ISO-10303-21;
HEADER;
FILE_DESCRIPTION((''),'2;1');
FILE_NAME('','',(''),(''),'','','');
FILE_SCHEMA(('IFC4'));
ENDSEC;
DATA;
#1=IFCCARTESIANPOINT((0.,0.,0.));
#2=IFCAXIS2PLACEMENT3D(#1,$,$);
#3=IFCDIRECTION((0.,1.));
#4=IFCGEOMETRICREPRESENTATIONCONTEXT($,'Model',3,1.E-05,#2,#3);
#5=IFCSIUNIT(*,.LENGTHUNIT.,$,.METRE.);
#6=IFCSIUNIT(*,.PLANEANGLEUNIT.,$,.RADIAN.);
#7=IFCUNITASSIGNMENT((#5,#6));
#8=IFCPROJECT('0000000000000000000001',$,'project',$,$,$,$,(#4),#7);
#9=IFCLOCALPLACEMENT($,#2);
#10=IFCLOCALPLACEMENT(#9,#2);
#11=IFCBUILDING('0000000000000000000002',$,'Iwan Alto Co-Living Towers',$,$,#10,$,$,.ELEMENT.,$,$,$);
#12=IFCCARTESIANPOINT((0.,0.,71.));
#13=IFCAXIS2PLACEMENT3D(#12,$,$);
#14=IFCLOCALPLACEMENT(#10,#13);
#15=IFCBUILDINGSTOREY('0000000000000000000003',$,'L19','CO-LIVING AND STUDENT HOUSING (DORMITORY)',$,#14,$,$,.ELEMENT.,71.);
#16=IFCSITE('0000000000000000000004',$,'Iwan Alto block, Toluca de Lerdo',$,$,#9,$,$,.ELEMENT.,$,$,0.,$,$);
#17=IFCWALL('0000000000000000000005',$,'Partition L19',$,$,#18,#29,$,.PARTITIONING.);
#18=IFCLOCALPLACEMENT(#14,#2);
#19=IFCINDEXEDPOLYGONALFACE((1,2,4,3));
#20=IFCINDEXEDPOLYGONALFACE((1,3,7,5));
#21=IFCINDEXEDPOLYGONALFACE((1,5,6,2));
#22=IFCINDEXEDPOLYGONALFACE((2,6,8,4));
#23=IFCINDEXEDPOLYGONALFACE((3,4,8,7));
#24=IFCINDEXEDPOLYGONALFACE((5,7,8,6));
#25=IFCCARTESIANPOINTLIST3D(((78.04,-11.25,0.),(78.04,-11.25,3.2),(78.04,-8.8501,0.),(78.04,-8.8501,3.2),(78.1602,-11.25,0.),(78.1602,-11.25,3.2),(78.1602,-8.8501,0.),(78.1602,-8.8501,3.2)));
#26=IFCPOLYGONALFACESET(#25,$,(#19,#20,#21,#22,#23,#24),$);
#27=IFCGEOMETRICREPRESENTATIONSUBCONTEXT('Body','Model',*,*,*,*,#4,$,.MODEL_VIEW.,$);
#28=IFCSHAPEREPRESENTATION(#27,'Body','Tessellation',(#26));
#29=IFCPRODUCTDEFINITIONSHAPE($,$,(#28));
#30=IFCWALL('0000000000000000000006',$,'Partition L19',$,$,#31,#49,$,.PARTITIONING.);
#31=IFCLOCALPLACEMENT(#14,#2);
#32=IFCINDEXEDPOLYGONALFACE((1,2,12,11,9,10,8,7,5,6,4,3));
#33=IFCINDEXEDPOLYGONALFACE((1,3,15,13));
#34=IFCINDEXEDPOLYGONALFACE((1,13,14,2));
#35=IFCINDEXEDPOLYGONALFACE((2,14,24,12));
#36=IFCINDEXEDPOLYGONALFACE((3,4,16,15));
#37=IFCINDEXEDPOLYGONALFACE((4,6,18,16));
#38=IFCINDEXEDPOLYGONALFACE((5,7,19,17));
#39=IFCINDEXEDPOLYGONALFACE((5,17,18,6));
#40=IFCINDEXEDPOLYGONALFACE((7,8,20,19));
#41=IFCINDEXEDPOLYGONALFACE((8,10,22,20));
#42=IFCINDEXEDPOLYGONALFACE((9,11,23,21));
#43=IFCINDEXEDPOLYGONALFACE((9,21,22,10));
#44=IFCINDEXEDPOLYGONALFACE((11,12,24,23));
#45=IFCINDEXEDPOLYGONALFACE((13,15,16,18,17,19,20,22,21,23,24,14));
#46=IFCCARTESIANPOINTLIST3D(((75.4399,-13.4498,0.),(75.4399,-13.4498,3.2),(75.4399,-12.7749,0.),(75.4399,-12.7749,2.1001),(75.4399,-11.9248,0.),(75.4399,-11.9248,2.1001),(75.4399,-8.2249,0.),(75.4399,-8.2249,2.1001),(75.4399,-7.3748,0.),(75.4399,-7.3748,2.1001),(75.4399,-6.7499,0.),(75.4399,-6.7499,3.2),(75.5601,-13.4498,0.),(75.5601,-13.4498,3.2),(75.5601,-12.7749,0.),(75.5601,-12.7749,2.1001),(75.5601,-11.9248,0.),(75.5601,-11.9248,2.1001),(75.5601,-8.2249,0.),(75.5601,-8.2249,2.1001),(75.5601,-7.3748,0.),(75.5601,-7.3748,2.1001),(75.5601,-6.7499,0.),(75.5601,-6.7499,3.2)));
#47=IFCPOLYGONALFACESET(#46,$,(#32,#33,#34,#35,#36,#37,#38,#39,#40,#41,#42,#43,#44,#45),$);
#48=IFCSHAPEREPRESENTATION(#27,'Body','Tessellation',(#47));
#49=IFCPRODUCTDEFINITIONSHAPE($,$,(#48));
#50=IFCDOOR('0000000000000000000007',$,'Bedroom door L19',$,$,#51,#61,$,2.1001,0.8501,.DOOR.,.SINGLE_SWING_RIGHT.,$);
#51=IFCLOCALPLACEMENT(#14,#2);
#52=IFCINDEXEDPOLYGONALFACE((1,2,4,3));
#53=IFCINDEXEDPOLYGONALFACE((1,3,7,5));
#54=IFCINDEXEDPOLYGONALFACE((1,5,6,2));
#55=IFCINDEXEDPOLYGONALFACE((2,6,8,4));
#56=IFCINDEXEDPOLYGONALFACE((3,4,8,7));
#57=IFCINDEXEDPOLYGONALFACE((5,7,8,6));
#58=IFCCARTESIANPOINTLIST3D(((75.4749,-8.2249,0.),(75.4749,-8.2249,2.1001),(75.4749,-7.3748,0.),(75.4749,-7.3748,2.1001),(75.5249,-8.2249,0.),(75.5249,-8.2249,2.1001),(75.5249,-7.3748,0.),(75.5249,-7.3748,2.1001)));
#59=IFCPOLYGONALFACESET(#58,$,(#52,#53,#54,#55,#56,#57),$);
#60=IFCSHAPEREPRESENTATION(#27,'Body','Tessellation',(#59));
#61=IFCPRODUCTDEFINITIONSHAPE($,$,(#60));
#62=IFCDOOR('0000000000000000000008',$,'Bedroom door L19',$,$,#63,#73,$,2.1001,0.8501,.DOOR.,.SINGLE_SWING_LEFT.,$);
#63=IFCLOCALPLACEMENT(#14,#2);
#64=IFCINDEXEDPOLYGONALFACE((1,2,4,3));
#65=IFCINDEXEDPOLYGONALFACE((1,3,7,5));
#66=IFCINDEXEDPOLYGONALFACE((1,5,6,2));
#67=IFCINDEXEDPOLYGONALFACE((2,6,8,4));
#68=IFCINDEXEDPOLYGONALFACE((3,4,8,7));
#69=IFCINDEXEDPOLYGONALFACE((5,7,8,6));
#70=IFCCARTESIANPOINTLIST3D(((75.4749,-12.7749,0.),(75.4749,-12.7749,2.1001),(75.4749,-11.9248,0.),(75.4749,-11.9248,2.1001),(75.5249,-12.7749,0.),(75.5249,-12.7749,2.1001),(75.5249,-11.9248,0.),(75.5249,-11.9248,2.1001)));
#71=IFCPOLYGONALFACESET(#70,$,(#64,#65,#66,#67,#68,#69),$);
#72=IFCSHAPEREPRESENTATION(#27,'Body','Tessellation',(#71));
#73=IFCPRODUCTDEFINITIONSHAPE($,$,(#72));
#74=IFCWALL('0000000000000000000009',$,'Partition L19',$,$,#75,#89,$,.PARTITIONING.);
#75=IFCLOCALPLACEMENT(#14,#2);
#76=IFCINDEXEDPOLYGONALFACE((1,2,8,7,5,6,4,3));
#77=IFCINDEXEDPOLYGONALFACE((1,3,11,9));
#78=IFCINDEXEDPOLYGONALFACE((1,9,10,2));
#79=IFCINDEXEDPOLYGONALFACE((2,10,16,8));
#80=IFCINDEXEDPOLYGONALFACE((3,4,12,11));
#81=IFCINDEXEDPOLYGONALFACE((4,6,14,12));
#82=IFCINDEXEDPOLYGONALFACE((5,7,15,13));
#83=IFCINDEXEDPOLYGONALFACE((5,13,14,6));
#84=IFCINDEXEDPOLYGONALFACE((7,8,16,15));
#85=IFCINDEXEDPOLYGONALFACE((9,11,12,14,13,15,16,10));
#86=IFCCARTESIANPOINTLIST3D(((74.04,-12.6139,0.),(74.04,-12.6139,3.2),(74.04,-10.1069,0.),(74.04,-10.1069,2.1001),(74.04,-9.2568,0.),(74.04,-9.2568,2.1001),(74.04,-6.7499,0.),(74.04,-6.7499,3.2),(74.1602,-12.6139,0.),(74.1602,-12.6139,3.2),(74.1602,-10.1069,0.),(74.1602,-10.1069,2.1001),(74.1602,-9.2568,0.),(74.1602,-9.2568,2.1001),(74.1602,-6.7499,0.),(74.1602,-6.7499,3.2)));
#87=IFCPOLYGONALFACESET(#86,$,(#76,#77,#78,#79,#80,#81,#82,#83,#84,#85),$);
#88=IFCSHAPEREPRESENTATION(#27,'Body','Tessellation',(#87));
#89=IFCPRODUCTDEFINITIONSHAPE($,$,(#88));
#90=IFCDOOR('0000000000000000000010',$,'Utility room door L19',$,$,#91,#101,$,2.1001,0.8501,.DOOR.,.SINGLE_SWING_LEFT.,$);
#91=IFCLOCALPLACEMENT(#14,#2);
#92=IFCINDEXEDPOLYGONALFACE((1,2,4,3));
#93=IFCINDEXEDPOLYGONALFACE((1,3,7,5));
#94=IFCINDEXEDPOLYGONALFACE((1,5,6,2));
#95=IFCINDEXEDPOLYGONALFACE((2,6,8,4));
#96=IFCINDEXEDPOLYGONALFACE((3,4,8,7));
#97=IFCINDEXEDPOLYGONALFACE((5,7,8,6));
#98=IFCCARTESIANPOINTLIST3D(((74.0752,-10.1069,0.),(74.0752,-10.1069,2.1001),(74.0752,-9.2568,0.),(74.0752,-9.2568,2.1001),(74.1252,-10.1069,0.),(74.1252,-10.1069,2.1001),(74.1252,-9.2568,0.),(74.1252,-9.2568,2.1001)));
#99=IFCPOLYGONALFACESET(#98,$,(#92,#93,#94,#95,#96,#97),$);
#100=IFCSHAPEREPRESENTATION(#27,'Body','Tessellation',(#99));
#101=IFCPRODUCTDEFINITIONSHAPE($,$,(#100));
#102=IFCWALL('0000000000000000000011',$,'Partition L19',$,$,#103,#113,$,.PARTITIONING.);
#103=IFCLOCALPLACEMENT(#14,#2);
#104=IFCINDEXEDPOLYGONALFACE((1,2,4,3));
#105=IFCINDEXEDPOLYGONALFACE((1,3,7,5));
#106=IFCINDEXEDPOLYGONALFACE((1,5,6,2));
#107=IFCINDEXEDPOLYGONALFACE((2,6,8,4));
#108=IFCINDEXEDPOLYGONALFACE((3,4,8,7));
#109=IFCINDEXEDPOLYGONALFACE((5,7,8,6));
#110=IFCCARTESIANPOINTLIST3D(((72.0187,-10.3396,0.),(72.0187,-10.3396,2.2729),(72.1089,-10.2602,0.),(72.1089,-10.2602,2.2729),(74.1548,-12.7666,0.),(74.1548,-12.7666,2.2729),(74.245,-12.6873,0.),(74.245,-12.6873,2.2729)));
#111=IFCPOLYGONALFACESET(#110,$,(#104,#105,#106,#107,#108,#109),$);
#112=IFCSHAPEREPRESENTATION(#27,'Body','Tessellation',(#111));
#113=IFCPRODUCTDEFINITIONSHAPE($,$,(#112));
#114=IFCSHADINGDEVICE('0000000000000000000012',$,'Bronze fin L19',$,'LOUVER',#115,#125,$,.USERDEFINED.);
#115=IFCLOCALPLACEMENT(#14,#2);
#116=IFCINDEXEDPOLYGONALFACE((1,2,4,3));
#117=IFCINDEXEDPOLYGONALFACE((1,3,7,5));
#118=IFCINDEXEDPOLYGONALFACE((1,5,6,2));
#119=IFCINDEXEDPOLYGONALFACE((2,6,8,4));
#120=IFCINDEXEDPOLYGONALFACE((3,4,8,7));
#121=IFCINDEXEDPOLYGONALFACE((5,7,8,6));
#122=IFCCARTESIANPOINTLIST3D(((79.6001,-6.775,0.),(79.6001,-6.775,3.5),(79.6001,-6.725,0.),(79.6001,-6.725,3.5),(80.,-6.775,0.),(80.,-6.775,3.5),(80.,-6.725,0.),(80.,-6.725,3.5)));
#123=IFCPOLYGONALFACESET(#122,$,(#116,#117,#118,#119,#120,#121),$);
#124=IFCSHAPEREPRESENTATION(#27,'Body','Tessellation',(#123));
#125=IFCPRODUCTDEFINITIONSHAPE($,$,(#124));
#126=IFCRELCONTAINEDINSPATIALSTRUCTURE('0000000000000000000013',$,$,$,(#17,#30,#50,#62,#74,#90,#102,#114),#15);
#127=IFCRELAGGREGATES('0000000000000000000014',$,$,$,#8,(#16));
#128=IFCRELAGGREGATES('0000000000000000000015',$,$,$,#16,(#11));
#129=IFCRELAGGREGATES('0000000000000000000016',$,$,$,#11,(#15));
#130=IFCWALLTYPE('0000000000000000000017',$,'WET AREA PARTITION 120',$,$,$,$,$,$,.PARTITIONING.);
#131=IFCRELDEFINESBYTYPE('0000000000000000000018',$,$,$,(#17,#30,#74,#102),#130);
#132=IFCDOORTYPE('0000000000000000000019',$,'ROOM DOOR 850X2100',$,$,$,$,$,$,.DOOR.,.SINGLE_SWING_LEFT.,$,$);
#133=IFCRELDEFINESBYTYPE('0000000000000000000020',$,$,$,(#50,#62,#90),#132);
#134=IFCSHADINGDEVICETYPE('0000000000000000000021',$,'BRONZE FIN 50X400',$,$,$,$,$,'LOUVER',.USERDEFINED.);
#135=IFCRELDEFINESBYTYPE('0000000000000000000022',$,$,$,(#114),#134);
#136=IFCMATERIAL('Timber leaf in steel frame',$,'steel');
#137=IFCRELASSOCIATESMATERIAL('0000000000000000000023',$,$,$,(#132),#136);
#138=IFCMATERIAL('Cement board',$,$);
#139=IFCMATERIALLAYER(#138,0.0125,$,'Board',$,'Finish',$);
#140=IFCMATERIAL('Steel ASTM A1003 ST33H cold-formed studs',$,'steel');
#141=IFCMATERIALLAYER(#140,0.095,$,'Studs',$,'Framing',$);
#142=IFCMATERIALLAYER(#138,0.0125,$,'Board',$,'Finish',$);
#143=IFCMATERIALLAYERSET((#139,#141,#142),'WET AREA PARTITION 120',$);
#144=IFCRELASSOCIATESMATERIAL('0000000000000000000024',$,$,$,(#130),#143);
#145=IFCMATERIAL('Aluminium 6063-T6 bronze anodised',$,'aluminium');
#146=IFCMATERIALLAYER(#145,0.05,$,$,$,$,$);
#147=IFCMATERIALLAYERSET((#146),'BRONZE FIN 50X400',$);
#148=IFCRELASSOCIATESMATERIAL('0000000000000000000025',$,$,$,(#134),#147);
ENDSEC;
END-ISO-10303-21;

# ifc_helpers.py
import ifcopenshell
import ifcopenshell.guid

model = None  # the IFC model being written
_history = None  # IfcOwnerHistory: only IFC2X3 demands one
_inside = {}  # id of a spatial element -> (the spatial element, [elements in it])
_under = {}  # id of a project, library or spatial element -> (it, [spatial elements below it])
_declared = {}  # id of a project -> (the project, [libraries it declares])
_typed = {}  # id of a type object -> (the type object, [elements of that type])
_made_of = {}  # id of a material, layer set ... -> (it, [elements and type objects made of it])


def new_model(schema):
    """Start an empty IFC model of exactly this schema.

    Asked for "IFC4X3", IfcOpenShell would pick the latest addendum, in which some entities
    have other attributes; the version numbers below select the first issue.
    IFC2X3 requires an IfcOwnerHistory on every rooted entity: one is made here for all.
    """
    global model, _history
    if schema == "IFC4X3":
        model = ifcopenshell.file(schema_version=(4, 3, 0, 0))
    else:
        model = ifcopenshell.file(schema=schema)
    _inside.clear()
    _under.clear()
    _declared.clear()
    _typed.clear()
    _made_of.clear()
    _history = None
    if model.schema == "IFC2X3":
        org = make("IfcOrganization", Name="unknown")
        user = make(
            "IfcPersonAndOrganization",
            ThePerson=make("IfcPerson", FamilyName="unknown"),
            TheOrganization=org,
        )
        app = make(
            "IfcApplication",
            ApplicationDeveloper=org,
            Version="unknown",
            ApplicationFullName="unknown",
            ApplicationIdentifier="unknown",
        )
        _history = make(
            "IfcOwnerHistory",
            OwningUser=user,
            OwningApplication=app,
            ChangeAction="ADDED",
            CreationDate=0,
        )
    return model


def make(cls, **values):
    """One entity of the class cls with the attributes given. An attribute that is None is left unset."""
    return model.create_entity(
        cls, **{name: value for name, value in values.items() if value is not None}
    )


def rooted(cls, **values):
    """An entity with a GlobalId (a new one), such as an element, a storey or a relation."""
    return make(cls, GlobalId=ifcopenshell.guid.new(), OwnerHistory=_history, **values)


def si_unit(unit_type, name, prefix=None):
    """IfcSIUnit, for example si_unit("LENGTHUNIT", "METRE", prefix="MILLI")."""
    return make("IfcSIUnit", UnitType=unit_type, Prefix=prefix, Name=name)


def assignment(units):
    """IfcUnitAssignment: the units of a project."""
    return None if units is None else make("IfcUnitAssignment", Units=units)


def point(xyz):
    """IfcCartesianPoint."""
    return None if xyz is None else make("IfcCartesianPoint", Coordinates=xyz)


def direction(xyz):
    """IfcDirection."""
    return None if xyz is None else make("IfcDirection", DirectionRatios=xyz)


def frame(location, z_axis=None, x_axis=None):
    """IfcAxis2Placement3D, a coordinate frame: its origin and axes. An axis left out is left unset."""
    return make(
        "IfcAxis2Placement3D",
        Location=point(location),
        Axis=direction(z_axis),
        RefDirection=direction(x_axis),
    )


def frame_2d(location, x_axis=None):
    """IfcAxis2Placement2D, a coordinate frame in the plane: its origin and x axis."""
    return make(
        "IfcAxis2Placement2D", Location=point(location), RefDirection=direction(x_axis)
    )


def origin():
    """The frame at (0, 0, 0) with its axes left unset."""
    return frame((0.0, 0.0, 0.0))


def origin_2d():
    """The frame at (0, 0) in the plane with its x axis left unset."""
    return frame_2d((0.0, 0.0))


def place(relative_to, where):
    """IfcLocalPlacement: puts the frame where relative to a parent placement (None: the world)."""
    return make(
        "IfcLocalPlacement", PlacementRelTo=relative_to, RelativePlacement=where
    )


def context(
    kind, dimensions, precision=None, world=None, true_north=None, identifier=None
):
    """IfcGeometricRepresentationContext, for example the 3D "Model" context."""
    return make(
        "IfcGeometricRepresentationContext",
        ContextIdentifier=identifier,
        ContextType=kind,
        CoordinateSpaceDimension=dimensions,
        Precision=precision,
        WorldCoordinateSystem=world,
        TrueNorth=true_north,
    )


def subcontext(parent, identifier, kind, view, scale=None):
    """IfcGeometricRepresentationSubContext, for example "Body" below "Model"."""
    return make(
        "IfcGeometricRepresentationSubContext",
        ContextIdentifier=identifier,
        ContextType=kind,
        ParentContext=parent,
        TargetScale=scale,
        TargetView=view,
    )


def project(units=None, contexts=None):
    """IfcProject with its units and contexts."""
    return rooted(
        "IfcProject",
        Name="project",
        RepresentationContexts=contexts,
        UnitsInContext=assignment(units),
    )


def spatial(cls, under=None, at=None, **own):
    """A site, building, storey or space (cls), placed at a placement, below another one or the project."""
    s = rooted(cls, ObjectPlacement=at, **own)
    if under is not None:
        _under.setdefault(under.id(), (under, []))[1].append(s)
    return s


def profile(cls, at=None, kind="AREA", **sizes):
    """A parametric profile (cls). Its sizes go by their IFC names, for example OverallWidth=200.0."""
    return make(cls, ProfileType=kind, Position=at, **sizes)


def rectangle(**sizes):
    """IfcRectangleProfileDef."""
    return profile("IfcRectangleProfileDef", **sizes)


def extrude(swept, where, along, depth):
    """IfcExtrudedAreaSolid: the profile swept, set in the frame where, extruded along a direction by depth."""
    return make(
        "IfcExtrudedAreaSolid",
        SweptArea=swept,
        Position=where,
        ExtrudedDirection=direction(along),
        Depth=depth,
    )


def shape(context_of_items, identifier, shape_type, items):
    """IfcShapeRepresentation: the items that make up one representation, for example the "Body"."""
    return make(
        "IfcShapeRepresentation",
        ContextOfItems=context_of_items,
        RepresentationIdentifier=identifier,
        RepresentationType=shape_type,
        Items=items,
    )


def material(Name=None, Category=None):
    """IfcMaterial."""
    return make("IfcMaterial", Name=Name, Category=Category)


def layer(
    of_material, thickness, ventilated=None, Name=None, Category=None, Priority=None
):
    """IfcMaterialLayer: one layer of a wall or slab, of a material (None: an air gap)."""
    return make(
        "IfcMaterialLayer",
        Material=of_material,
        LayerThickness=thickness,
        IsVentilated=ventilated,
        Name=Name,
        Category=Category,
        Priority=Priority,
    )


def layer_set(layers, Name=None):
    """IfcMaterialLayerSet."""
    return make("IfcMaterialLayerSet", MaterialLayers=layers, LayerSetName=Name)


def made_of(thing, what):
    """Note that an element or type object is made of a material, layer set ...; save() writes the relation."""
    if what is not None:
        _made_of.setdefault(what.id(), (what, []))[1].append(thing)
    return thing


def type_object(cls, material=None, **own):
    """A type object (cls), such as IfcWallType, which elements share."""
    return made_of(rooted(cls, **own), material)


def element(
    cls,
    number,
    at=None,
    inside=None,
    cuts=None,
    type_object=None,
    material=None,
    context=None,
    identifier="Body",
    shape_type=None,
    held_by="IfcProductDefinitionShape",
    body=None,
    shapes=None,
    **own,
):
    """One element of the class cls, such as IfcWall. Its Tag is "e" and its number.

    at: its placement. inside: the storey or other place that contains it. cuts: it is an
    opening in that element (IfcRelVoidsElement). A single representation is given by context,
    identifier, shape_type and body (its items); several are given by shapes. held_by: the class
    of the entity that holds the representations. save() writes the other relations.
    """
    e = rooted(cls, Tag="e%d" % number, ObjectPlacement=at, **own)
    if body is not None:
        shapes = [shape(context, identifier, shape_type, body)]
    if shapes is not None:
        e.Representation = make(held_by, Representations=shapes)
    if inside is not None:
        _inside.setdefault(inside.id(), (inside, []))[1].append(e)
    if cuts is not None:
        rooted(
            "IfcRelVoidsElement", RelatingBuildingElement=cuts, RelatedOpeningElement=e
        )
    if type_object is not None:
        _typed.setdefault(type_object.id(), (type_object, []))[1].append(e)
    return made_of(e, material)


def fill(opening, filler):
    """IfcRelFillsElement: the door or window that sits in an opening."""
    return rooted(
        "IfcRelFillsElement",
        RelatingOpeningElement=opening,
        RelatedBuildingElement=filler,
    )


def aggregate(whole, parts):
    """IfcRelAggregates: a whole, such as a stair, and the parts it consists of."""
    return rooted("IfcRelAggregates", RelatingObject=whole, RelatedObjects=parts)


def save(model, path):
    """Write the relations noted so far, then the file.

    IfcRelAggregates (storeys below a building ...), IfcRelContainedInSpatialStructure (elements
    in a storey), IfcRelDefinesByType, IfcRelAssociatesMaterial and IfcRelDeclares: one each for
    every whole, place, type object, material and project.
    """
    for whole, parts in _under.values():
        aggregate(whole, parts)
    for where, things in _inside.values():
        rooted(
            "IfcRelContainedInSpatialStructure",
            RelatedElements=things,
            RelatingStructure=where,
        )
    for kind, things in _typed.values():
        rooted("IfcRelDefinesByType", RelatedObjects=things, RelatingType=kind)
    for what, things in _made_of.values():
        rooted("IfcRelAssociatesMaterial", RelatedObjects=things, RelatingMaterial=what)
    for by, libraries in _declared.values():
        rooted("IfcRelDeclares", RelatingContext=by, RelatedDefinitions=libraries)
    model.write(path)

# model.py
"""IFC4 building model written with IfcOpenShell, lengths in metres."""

from ifc_helpers import new_model, si_unit, direction, frame, frame_2d, origin, origin_2d, place, context, subcontext, project, spatial, rectangle, extrude, material, layer, layer_set, type_object, element, fill, save


model = new_model("IFC4")

# Units and contexts
model_context = context("Model", 3, precision=1e-05, world=origin(), true_north=direction((0.0, 1.0)))
body_context = subcontext(model_context, "Body", "Model", "MODEL_VIEW")
ifc_project = project(units=[si_unit("LENGTHUNIT", "METRE"), si_unit("PLANEANGLEUNIT", "RADIAN")], contexts=[model_context])

# Site, building, storey
site_placement = place(None, origin())
site = spatial("IfcSite", under=ifc_project, at=site_placement, Name="Iwan Alto block, Toluca de Lerdo", CompositionType="ELEMENT", RefElevation=0.0)
building_placement = place(site_placement, origin())
building = spatial("IfcBuilding", under=site, at=building_placement, Name="Iwan Alto Co-Living Towers", CompositionType="ELEMENT")
storey_placement = place(building_placement, frame((0.0, 0.0, 71.0)))
storey = spatial("IfcBuildingStorey", under=building, at=storey_placement, Name="L19", Description="CO-LIVING AND STUDENT HOUSING (DORMITORY)", CompositionType="ELEMENT", Elevation=71.0)

# Shared definitions
ifc_material_1 = material(Name="Steel ASTM A1003 ST33H cold-formed studs", Category="steel")

# Shared definitions
ifc_material_2 = material(Name="Timber leaf in steel frame", Category="steel")
door_type = type_object("IfcDoorType", Name="ROOM DOOR 850X2100", OperationType="SINGLE_SWING_LEFT", PredefinedType="DOOR", material=ifc_material_2)

# Shared definitions
ifc_material_3 = material(Name="Cement board")
ifc_layer_1 = layer(ifc_material_3, 0.0125, Name="Board", Category="Finish")
ifc_layer_2 = layer(ifc_material_1, 0.095, Name="Studs", Category="Framing")
ifc_layer_3 = layer(ifc_material_3, 0.0125, Name="Board", Category="Finish")
ifc_layer_set_1 = layer_set([ifc_layer_1, ifc_layer_2, ifc_layer_3], Name="WET AREA PARTITION 120")
wall_type_1 = type_object("IfcWallType", Name="WET AREA PARTITION 120", PredefinedType="PARTITIONING", material=ifc_layer_set_1)

# Wall
wall_1_placement = place(storey_placement, frame((78.1001, -11.25, 0.0), z_axis=(0.0, 0.0, 1.0), x_axis=(0.0, 1.0, 0.0)))
element("IfcWall", 1, at=wall_1_placement, inside=storey, type_object=wall_type_1, Name="Partition L19", PredefinedType="PARTITIONING", context=body_context, shape_type="SweptSolid", body=[
    extrude(rectangle(XDim=2.3999, YDim=0.1201, at=frame_2d((1.2, 0.0))), origin(), (0.0, 0.0, 1.0), 3.2),
])

# Wall, openings, doors
wall_2_placement = place(storey_placement, frame((75.5, -13.45, 0.0), z_axis=(0.0, 0.0, 1.0), x_axis=(0.0, 1.0, 0.0)))
wall_2 = element("IfcWall", 2, at=wall_2_placement, inside=storey, type_object=wall_type_1, Name="Partition L19", PredefinedType="PARTITIONING", context=body_context, shape_type="SweptSolid", body=[
    extrude(rectangle(XDim=6.7, YDim=0.1201, at=frame_2d((3.3501, 0.0))), origin(), (0.0, 0.0, 1.0), 3.2),
])
opening_1_placement = place(wall_2_placement, frame((5.2251, 0.0, 0.0)))
opening_1 = element("IfcOpeningElement", 3, at=opening_1_placement, cuts=wall_2, PredefinedType="OPENING", context=body_context, shape_type="SweptSolid", body=[
    extrude(rectangle(XDim=0.8501, YDim=2.1001, at=frame_2d((0.425, 1.05))), frame((0.0, 0.0701, 0.0), z_axis=(0.0, -1.0, 0.0), x_axis=(1.0, 0.0, 0.0)), (0.0, 0.0, 1.0), 0.1401),
])
opening_2_placement = place(wall_2_placement, frame((0.675, 0.0, 0.0)))
opening_2 = element("IfcOpeningElement", 4, at=opening_2_placement, cuts=wall_2, PredefinedType="OPENING", context=body_context, shape_type="SweptSolid", body=[
    extrude(rectangle(XDim=0.8501, YDim=2.1001, at=frame_2d((0.425, 1.05))), frame((0.0, 0.0701, 0.0), z_axis=(0.0, -1.0, 0.0), x_axis=(1.0, 0.0, 0.0)), (0.0, 0.0, 1.0), 0.1401),
])
door_1_placement = place(opening_1_placement, frame((0.8501, 0.0, 0.0), z_axis=(0.0, 0.0, 1.0), x_axis=(-1.0, 0.0, 0.0)))
door_1 = element("IfcDoor", 5, at=door_1_placement, inside=storey, type_object=door_type, Name="Bedroom door L19", OperationType="SINGLE_SWING_RIGHT", OverallHeight=2.1001, OverallWidth=0.8501, PredefinedType="DOOR", context=body_context, shape_type="SweptSolid", body=[
    extrude(rectangle(XDim=0.8501, YDim=2.1001, at=frame_2d((0.425, 1.05))), frame((0.0, 0.0249, 0.0), z_axis=(0.0, -1.0, 0.0), x_axis=(1.0, 0.0, 0.0)), (0.0, 0.0, 1.0), 0.05),
])
fill(opening_1, door_1)
door_2_placement = place(opening_2_placement, frame((0.8501, 0.0, 0.0), z_axis=(0.0, 0.0, 1.0), x_axis=(-1.0, 0.0, 0.0)))
door_2 = element("IfcDoor", 6, at=door_2_placement, inside=storey, type_object=door_type, Name="Bedroom door L19", OperationType="SINGLE_SWING_LEFT", OverallHeight=2.1001, OverallWidth=0.8501, PredefinedType="DOOR", context=body_context, shape_type="SweptSolid", body=[
    extrude(rectangle(XDim=0.8501, YDim=2.1001, at=frame_2d((0.425, 1.05))), frame((0.0, 0.0249, 0.0), z_axis=(0.0, -1.0, 0.0), x_axis=(1.0, 0.0, 0.0)), (0.0, 0.0, 1.0), 0.05),
])
fill(opening_2, door_2)

# Wall, opening, door
wall_3_placement = place(storey_placement, frame((74.1001, -12.614, 0.0), z_axis=(0.0, 0.0, 1.0), x_axis=(0.0, 1.0, 0.0)))
wall_3 = element("IfcWall", 7, at=wall_3_placement, inside=storey, type_object=wall_type_1, Name="Partition L19", PredefinedType="PARTITIONING", context=body_context, shape_type="SweptSolid", body=[
    extrude(rectangle(XDim=5.864, YDim=0.1201, at=frame_2d((2.9321, 0.0))), origin(), (0.0, 0.0, 1.0), 3.2),
])
opening_3_placement = place(wall_3_placement, frame((2.5071, 0.0, 0.0)))
opening_3 = element("IfcOpeningElement", 8, at=opening_3_placement, cuts=wall_3, PredefinedType="OPENING", context=body_context, shape_type="SweptSolid", body=[
    extrude(rectangle(XDim=0.8501, YDim=2.1001, at=frame_2d((0.425, 1.05))), frame((0.0, 0.0701, 0.0), z_axis=(0.0, -1.0, 0.0), x_axis=(1.0, 0.0, 0.0)), (0.0, 0.0, 1.0), 0.1401),
])
door_3_placement = place(opening_3_placement, origin())
door_3 = element("IfcDoor", 9, at=door_3_placement, inside=storey, type_object=door_type, Name="Utility room door L19", OperationType="SINGLE_SWING_LEFT", OverallHeight=2.1001, OverallWidth=0.8501, PredefinedType="DOOR", context=body_context, shape_type="SweptSolid", body=[
    extrude(rectangle(XDim=0.8501, YDim=2.1001, at=frame_2d((0.425, 1.05))), frame((0.0, 0.0249, 0.0), z_axis=(0.0, -1.0, 0.0), x_axis=(1.0, 0.0, 0.0)), (0.0, 0.0, 1.0), 0.05),
])
fill(opening_3, door_3)

# Wall
wall_4_placement = place(storey_placement, frame((74.2, -12.7271, 0.0), z_axis=(0.0, 0.0, 1.0), x_axis=(-0.660667, 0.750679, 0.0)))
element("IfcWall", 10, at=wall_4_placement, inside=storey, type_object=wall_type_1, Name="Partition L19", PredefinedType="PARTITIONING", context=body_context, shape_type="SweptSolid", body=[
    extrude(rectangle(XDim=3.2332, YDim=0.1201, at=frame_2d((1.6167, 0.0))), origin(), (0.0, 0.0, 1.0), 2.2729),
])

# Shading device
ifc_material_4 = material(Name="Aluminium 6063-T6 bronze anodised", Category="aluminium")
ifc_layer_4 = layer(ifc_material_4, 0.05)
ifc_layer_set_2 = layer_set([ifc_layer_4], Name="BRONZE FIN 50X400")
shading_device_type = type_object("IfcShadingDeviceType", Name="BRONZE FIN 50X400", ElementType="LOUVER", PredefinedType="USERDEFINED", material=ifc_layer_set_2)
shading_device_placement = place(storey_placement, frame((79.8, -6.75, 0.0), z_axis=(0.0, 0.0, 1.0), x_axis=(0.0, 1.0, 0.0)))
element("IfcShadingDevice", 11, at=shading_device_placement, inside=storey, type_object=shading_device_type, Name="Bronze fin L19", ObjectType="LOUVER", PredefinedType="USERDEFINED", context=body_context, shape_type="SweptSolid", body=[
    extrude(rectangle(XDim=0.05, YDim=0.3999, at=origin_2d()), origin(), (0.0, 0.0, 1.0), 3.5),
])

save(model, "model.ifc")
